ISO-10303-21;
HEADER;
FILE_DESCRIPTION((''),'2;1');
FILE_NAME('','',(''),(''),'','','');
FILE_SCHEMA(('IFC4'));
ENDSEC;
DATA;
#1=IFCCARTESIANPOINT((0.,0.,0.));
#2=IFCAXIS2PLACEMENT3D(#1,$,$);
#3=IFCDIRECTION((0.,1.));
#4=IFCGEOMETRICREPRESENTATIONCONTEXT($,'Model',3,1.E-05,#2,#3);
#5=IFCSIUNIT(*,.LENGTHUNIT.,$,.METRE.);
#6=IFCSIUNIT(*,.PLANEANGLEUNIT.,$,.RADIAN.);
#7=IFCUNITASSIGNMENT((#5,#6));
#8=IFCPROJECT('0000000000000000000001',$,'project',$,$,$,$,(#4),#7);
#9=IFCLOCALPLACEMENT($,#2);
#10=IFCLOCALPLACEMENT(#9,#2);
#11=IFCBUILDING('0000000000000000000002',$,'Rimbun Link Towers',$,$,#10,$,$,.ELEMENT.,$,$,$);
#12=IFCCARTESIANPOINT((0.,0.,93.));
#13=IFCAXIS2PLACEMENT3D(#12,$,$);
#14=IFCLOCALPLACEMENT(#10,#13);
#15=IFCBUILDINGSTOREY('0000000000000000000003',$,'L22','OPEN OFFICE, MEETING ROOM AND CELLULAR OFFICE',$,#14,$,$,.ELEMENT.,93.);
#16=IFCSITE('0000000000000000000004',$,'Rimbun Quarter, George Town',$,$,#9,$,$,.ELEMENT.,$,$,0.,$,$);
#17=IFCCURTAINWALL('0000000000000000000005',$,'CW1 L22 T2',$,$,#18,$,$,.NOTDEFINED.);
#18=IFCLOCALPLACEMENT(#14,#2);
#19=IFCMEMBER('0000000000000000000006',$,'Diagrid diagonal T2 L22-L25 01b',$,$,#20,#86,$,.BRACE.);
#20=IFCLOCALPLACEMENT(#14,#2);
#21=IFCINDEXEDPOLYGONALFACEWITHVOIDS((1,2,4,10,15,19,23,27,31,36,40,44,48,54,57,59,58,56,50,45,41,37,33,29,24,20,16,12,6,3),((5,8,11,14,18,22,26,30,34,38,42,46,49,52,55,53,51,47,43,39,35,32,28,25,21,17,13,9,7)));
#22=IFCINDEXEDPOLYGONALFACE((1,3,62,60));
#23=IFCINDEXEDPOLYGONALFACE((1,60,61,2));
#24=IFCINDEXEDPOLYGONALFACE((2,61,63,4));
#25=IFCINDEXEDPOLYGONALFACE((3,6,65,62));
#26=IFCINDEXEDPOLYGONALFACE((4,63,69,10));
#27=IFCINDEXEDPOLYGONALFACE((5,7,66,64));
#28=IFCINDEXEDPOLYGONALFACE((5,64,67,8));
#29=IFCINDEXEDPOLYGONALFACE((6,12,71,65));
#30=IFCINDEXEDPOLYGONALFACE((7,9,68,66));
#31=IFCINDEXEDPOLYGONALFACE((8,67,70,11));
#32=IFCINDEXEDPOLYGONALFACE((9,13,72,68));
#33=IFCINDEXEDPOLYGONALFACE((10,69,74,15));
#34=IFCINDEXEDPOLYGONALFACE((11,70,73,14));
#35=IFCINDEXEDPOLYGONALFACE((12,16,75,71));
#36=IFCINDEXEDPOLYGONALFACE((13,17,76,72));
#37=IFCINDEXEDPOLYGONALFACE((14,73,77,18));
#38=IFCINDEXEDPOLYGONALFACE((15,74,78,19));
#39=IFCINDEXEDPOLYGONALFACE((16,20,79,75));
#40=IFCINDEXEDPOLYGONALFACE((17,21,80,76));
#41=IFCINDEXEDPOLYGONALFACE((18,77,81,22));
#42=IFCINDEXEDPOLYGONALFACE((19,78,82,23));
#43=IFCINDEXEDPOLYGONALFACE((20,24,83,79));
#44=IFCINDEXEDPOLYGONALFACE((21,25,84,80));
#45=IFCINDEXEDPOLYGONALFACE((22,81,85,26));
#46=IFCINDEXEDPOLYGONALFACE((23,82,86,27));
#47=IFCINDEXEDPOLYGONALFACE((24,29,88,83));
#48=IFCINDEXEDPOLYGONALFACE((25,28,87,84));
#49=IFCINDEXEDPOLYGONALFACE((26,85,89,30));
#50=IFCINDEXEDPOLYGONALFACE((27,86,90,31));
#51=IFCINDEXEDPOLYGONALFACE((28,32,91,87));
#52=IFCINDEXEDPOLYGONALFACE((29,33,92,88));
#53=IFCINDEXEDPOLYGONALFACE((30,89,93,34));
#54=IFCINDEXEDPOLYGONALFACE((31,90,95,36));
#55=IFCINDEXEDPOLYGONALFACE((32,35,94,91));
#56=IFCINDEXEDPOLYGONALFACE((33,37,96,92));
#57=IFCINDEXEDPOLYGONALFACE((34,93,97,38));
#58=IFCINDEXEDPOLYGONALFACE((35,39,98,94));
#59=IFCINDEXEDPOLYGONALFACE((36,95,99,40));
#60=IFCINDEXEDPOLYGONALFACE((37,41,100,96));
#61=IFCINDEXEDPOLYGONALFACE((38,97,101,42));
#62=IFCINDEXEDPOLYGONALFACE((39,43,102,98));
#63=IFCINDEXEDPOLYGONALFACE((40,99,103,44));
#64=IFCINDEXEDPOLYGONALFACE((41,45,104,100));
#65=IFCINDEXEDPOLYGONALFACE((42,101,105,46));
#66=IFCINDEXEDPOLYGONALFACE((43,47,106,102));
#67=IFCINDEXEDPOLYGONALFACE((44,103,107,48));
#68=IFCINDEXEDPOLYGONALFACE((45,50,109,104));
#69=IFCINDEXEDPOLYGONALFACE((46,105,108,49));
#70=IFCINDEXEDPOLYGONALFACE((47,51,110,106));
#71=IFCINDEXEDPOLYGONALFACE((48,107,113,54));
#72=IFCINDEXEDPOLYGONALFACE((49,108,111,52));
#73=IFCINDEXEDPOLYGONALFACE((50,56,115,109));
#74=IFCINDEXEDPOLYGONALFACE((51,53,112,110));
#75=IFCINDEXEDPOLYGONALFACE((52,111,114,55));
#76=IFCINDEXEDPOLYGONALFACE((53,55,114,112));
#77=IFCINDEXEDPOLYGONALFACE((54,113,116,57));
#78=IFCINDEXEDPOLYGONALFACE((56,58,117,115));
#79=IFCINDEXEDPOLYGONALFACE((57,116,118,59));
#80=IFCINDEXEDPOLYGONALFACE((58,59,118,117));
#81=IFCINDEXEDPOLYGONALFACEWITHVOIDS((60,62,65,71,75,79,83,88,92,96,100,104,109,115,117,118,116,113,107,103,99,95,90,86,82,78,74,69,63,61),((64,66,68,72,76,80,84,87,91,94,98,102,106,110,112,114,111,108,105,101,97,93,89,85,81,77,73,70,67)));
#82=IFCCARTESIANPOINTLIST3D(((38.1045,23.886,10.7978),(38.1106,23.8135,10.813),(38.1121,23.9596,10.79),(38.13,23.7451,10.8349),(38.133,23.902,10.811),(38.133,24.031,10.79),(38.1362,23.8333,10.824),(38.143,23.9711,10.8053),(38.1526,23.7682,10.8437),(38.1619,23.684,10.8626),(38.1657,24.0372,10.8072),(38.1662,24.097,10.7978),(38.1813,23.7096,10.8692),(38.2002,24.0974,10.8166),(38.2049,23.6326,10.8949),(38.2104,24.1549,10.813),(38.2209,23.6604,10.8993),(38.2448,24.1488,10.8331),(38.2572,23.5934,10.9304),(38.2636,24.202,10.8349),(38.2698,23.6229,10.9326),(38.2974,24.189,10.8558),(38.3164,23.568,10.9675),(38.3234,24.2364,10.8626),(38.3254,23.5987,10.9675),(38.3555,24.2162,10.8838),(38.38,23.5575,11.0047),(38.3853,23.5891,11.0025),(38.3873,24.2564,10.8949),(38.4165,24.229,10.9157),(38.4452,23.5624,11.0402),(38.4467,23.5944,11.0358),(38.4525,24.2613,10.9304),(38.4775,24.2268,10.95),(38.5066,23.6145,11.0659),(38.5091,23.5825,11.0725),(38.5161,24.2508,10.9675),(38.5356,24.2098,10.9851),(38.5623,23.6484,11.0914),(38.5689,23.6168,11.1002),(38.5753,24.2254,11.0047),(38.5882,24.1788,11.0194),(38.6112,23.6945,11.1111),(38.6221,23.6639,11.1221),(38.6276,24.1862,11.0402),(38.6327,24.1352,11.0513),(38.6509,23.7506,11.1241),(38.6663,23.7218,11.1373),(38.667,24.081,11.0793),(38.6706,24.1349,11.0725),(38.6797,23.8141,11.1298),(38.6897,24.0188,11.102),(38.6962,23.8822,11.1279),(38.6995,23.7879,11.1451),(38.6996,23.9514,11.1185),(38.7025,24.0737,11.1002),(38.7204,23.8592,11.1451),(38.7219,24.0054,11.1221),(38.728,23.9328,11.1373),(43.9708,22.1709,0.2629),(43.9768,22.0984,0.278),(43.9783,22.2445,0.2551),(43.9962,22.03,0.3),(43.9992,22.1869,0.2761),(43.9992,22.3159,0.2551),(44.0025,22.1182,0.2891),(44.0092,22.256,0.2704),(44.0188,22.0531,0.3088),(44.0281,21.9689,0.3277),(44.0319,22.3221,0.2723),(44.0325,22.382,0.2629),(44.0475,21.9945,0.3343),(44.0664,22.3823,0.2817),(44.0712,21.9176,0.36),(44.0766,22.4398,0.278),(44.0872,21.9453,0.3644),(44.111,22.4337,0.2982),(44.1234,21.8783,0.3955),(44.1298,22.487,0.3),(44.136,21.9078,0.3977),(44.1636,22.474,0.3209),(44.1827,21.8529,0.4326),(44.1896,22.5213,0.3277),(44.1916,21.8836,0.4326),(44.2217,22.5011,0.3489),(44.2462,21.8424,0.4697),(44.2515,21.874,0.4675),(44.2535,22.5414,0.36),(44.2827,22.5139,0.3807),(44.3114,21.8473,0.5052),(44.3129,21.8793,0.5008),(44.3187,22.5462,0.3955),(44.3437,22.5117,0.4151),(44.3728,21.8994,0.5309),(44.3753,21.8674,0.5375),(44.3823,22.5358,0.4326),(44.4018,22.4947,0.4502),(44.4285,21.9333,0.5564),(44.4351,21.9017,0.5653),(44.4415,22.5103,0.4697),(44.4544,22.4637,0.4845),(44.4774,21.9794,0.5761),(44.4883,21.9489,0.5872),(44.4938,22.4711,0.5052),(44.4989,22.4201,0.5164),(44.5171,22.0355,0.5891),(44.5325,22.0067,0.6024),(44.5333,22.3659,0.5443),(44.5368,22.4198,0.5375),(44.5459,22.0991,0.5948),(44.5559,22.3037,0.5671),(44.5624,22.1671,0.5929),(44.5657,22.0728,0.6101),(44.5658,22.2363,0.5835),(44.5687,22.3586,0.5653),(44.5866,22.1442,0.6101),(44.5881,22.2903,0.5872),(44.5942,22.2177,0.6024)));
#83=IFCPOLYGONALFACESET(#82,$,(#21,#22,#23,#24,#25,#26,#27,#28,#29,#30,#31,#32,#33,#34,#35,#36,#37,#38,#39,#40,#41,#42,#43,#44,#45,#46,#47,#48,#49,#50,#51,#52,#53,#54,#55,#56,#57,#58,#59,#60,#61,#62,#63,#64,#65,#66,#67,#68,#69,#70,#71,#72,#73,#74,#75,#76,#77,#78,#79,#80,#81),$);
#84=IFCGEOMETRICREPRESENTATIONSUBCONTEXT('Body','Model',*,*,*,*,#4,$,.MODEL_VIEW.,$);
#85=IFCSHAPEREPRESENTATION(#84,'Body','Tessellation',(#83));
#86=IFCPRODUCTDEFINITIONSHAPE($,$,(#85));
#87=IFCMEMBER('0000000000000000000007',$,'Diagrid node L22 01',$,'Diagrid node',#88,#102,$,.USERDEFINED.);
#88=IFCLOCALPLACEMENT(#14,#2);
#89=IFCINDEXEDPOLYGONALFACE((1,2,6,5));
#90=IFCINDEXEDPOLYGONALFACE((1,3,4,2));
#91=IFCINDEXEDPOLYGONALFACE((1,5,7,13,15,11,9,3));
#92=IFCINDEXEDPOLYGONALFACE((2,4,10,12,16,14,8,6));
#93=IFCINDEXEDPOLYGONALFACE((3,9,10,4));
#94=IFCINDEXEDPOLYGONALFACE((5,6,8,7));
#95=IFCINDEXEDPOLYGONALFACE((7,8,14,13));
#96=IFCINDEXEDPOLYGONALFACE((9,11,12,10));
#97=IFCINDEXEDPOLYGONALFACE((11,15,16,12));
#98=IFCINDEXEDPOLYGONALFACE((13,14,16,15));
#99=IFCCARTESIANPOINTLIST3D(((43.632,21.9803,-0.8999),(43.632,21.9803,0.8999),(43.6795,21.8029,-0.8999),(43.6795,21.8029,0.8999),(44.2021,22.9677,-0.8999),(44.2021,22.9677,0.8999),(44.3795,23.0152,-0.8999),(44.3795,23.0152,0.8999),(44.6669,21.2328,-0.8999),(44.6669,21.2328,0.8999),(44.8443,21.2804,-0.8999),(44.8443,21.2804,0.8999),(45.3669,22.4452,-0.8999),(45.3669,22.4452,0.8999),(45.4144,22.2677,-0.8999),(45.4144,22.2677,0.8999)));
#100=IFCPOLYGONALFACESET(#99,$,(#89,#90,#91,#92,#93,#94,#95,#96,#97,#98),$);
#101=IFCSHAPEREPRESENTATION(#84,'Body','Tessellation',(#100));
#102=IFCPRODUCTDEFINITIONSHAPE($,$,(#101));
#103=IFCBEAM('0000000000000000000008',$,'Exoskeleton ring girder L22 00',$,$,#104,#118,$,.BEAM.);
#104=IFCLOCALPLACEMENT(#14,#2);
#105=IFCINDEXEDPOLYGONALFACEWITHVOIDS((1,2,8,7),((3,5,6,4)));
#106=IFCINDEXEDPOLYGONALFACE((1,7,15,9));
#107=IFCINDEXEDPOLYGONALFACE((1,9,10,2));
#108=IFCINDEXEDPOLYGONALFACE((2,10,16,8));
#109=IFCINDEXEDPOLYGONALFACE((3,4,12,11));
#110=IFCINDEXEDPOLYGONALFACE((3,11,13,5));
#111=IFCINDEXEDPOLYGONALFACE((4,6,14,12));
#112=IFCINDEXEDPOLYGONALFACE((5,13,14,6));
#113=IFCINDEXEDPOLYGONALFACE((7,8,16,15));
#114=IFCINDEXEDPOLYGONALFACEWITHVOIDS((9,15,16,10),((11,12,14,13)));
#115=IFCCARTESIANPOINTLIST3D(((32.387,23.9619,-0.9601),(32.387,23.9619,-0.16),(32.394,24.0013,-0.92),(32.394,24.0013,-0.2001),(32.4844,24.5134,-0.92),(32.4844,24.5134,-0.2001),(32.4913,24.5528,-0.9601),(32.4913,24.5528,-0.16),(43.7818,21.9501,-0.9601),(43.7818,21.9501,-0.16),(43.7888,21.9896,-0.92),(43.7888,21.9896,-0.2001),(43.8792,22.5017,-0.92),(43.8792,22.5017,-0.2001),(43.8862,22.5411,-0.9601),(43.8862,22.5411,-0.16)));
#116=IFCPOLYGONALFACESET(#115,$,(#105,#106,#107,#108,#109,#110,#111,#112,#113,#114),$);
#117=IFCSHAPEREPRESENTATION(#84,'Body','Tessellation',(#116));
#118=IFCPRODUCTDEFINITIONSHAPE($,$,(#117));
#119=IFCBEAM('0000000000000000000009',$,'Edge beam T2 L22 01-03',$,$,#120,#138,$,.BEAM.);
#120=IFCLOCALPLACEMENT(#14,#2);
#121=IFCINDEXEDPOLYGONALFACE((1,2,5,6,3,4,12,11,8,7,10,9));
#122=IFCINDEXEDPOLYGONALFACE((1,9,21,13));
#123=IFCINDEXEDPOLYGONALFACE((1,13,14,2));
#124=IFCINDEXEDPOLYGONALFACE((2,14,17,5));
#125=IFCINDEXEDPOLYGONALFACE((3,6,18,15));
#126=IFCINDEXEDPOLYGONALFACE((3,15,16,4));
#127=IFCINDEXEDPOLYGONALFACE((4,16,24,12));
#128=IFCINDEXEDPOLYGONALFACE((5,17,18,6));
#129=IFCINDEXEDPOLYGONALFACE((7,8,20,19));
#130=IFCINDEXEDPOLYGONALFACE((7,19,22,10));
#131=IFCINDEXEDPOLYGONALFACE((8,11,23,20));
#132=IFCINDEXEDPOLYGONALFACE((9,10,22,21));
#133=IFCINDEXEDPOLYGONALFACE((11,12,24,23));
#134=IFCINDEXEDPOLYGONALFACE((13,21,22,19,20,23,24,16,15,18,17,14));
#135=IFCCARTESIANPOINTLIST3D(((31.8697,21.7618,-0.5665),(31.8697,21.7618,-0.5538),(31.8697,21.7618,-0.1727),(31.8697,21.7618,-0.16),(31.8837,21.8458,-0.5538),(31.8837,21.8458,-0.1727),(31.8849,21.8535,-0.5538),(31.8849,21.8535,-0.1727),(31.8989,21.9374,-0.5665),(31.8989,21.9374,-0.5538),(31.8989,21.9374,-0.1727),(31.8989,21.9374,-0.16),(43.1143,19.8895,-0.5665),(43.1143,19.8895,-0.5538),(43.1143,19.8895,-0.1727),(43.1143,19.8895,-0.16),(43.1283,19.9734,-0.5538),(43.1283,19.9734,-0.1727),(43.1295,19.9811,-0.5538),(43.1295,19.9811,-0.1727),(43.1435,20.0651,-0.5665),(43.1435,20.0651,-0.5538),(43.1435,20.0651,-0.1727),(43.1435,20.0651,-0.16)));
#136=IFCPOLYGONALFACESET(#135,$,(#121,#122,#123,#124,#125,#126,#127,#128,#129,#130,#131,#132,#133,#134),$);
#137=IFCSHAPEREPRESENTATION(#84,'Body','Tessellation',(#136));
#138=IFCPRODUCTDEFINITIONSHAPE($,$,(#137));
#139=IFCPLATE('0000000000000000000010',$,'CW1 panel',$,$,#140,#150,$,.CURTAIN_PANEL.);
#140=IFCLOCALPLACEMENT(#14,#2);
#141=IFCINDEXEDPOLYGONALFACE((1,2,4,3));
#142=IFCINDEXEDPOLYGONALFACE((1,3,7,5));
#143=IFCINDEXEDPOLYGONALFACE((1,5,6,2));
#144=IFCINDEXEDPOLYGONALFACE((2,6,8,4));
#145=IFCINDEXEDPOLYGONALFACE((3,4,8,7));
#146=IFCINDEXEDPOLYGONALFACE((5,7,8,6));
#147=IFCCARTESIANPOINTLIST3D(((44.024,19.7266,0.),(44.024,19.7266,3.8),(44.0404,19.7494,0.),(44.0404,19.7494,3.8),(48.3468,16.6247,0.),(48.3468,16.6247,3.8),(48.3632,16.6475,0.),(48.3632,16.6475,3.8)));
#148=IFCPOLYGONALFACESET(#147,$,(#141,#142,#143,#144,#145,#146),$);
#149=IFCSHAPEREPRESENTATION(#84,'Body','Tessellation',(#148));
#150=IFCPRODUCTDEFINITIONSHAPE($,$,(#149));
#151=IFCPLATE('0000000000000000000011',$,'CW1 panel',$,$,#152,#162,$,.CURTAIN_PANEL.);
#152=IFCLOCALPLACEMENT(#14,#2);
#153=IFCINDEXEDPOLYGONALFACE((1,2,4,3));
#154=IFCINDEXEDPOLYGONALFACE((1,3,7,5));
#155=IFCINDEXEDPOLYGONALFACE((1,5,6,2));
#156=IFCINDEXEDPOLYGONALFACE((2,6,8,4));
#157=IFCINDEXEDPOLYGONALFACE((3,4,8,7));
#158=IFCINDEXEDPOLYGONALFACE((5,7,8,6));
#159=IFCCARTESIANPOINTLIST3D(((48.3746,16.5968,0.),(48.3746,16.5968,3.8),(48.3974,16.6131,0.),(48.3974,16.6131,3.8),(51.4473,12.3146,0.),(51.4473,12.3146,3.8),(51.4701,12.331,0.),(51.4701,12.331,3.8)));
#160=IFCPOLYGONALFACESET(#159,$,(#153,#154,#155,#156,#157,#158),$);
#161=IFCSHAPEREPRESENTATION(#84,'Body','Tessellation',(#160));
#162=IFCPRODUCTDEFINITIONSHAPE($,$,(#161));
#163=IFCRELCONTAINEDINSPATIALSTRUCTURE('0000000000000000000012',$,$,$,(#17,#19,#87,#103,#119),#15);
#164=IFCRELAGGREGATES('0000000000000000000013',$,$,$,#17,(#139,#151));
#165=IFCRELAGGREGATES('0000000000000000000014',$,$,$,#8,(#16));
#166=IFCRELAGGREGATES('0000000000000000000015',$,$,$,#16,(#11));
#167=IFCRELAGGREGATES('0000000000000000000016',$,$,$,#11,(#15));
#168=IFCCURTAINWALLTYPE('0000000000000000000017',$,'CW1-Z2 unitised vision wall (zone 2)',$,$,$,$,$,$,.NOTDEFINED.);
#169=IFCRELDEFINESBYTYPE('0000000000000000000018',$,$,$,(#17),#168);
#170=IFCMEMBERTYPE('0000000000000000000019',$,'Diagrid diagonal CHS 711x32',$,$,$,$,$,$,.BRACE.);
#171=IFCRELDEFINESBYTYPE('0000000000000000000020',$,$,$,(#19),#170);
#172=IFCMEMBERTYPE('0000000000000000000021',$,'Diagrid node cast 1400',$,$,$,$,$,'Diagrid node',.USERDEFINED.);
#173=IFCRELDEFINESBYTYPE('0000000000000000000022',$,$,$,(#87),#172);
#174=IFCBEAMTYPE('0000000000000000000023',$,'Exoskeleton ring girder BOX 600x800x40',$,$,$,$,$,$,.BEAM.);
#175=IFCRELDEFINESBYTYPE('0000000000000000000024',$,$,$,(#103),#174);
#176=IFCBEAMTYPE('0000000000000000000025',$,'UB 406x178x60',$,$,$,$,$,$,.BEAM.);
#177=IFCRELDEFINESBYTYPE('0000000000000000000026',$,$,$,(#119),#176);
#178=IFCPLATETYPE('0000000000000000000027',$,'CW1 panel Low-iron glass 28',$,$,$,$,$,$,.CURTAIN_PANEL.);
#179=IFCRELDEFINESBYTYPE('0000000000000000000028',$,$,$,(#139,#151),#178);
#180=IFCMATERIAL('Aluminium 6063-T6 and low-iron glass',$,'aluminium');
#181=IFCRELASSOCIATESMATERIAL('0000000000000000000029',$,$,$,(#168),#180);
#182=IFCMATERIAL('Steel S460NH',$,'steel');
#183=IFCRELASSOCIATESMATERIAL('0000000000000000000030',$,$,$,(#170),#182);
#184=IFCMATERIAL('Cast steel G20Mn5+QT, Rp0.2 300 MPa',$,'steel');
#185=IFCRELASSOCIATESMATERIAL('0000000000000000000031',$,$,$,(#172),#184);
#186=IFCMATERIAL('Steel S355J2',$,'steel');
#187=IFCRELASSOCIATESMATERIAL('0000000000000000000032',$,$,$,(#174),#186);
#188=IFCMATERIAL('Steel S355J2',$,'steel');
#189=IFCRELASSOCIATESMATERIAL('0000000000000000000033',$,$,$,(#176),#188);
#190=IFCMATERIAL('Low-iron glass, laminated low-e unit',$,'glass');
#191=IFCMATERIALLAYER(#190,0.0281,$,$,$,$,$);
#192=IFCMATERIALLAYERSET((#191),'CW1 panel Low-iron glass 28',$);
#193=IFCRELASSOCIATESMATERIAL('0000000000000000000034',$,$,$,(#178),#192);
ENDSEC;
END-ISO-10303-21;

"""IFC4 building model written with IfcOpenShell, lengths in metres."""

from ifc_helpers import new_model, si_unit, direction, frame, origin, origin_2d, place, context, subcontext, project, spatial, polyline, rectangle, hollow_rectangle, hollow_circle, i_section, outline, extrude, material, layer, layer_set, material_profile, profile_set, type_object, element, aggregate, save


model = new_model("IFC4")

# Units and contexts
model_context = context("Model", 3, precision=1e-05, world=origin(), true_north=direction((0.0, 1.0)))
body_context = subcontext(model_context, "Body", "Model", "MODEL_VIEW")
ifc_project = project(units=[si_unit("LENGTHUNIT", "METRE"), si_unit("PLANEANGLEUNIT", "RADIAN")], contexts=[model_context])

# Site, building, storey
site_placement = place(None, origin())
site = spatial("IfcSite", under=ifc_project, at=site_placement, Name="Rimbun Quarter, George Town", CompositionType="ELEMENT", RefElevation=0.0)
building_placement = place(site_placement, origin())
building = spatial("IfcBuilding", under=site, at=building_placement, Name="Rimbun Link Towers", CompositionType="ELEMENT")
storey_placement = place(building_placement, frame((0.0, 0.0, 93.0)))
storey = spatial("IfcBuildingStorey", under=building, at=storey_placement, Name="L22", Description="OPEN OFFICE, MEETING ROOM AND CELLULAR OFFICE", CompositionType="ELEMENT", Elevation=93.0)

# Curtain wall
ifc_material_1 = material(Name="Aluminium 6063-T6 and low-iron glass", Category="aluminium")
curtain_wall_type = type_object("IfcCurtainWallType", Name="CW1-Z2 unitised vision wall (zone 2)", PredefinedType="NOTDEFINED", material=ifc_material_1)
curtain_wall_placement = place(storey_placement, origin())
curtain_wall = element("IfcCurtainWall", 1, at=curtain_wall_placement, inside=storey, type_object=curtain_wall_type, Name="CW1 L22 T2", PredefinedType="NOTDEFINED")

# Members
ifc_material_2 = material(Name="Steel S460NH", Category="steel")
ifc_material_profile_1 = material_profile(ifc_material_2, hollow_circle(Radius=0.3557, WallThickness=0.032, at=origin_2d()), Name="Diagrid diagonal CHS 711x32")
ifc_profile_set_1 = profile_set([ifc_material_profile_1], Name="Steel S460NH")
member_type_1 = type_object("IfcMemberType", Name="Diagrid diagonal CHS 711x32", PredefinedType="BRACE", material=ifc_profile_set_1)
member_1_placement = place(storey_placement, frame((44.2825, 22.1943, 0.4326), z_axis=(-0.481649, 0.140818, 0.864976), x_axis=(-0.28062, -0.959819, 0.0)))
element("IfcMember", 2, at=member_1_placement, inside=storey, type_object=member_type_1, Name="Diagrid diagonal T2 L22-L25 01b", PredefinedType="BRACE", context=body_context, shape_type="SweptSolid", body=[
    extrude(hollow_circle(Radius=0.3557, WallThickness=0.032, at=origin_2d()), origin(), (0.0, 0.0, 1.0), 12.1794),
])
ifc_material_3 = material(Name="Cast steel G20Mn5+QT, Rp0.2 300 MPa", Category="steel")
ifc_material_profile_2 = material_profile(ifc_material_3, outline(polyline([(0.7, -0.5701), (0.7, 0.5701), (0.5701, 0.7), (-0.5701, 0.7), (-0.7, 0.5701), (-0.7, -0.5701), (-0.5701, -0.7), (0.5701, -0.7), (0.7, -0.5701)])), Name="NODE 1400x1400")
ifc_profile_set_2 = profile_set([ifc_material_profile_2], Name="Cast steel G20Mn5+QT, Rp0.2 300 MPa")
member_type_2 = type_object("IfcMemberType", Name="Diagrid node cast 1400", ElementType="Diagrid node", PredefinedType="USERDEFINED", material=ifc_profile_set_2)
member_2_placement = place(storey_placement, frame((44.5232, 22.124, -0.8999), z_axis=(0.0, 0.0, 1.0), x_axis=(0.5, 0.866025, 0.0)))
element("IfcMember", 3, at=member_2_placement, inside=storey, type_object=member_type_2, Name="Diagrid node L22 01", ObjectType="Diagrid node", PredefinedType="USERDEFINED", context=body_context, shape_type="SweptSolid", body=[
    extrude(outline(polyline([(0.7, -0.5701), (0.7, 0.5701), (0.5701, 0.7), (-0.5701, 0.7), (-0.7, 0.5701), (-0.7, -0.5701), (-0.5701, -0.7), (0.5701, -0.7), (0.7, -0.5701)])), origin(), (0.0, 0.0, 1.0), 1.7998),
])

# Beams
ifc_material_4 = material(Name="Steel S355J2", Category="steel")
ifc_material_profile_3 = material_profile(ifc_material_4, hollow_rectangle(XDim=0.6001, YDim=0.8, WallThickness=0.04, at=origin_2d()), Name="Exoskeleton ring girder BOX 600x800x40")
ifc_profile_set_3 = profile_set([ifc_material_profile_3], Name="Steel S355J2")
beam_type_1 = type_object("IfcBeamType", Name="Exoskeleton ring girder BOX 600x800x40", PredefinedType="BEAM", material=ifc_profile_set_3)
beam_1_placement = place(storey_placement, frame((43.834, 22.2456, -0.5601), z_axis=(-0.984771, 0.173859, 0.0), x_axis=(-0.173859, -0.984771, 0.0)))
element("IfcBeam", 4, at=beam_1_placement, inside=storey, type_object=beam_type_1, Name="Exoskeleton ring girder L22 00", PredefinedType="BEAM", context=body_context, shape_type="SweptSolid", body=[
    extrude(hollow_rectangle(XDim=0.6001, YDim=0.8, WallThickness=0.04, at=origin_2d()), origin(), (0.0, 0.0, 1.0), 11.571),
])
ifc_material_5 = material(Name="Steel S355J2", Category="steel")
ifc_material_profile_4 = material_profile(ifc_material_5, i_section(OverallWidth=0.178, OverallDepth=0.4065, WebThickness=0.0078, FlangeThickness=0.0127, at=origin_2d()), Name="UB 406x178x60")
ifc_profile_set_4 = profile_set([ifc_material_profile_4], Name="Steel S355J2")
beam_type_2 = type_object("IfcBeamType", Name="UB 406x178x60", PredefinedType="BEAM", material=ifc_profile_set_4)
beam_2_placement = place(storey_placement, frame((43.1289, 19.9773, -0.3633), z_axis=(-0.986419, 0.164246, 0.0), x_axis=(-0.164246, -0.986419, 0.0)))
element("IfcBeam", 5, at=beam_2_placement, inside=storey, type_object=beam_type_2, Name="Edge beam T2 L22 01-03", PredefinedType="BEAM", context=body_context, shape_type="SweptSolid", body=[
    extrude(i_section(OverallWidth=0.178, OverallDepth=0.4065, WebThickness=0.0078, FlangeThickness=0.0127, at=origin_2d()), origin(), (0.0, 0.0, 1.0), 11.3994),
])

# Plates
ifc_material_6 = material(Name="Low-iron glass, laminated low-e unit", Category="glass")
ifc_layer_1 = layer(ifc_material_6, 0.0281)
ifc_layer_set_1 = layer_set([ifc_layer_1], Name="CW1 panel Low-iron glass 28")
plate_type = type_object("IfcPlateType", Name="CW1 panel Low-iron glass 28", PredefinedType="CURTAIN_PANEL", material=ifc_layer_set_1)
plate_1_placement = place(storey_placement, frame((46.1936, 18.187, 0.0), z_axis=(0.0, 0.0, 1.0), x_axis=(0.812471, -0.583002, 0.0)))
plate_1 = element("IfcPlate", 6, at=plate_1_placement, type_object=plate_type, Name="CW1 panel", PredefinedType="CURTAIN_PANEL", context=body_context, shape_type="SweptSolid", body=[
    extrude(rectangle(XDim=5.3206, YDim=0.0281, at=origin_2d()), origin(), (0.0, 0.0, 1.0), 3.8),
])
plate_2_placement = place(storey_placement, frame((49.9224, 14.4639, 0.0), z_axis=(0.0, 0.0, 1.0), x_axis=(0.583002, -0.812471, 0.0)))
plate_2 = element("IfcPlate", 7, at=plate_2_placement, type_object=plate_type, Name="CW1 panel", PredefinedType="CURTAIN_PANEL", context=body_context, shape_type="SweptSolid", body=[
    extrude(rectangle(XDim=5.2705, YDim=0.0281, at=origin_2d()), origin(), (0.0, 0.0, 1.0), 3.8),
])
aggregate(curtain_wall, [plate_1, plate_2])

save(model, "model.ifc")
